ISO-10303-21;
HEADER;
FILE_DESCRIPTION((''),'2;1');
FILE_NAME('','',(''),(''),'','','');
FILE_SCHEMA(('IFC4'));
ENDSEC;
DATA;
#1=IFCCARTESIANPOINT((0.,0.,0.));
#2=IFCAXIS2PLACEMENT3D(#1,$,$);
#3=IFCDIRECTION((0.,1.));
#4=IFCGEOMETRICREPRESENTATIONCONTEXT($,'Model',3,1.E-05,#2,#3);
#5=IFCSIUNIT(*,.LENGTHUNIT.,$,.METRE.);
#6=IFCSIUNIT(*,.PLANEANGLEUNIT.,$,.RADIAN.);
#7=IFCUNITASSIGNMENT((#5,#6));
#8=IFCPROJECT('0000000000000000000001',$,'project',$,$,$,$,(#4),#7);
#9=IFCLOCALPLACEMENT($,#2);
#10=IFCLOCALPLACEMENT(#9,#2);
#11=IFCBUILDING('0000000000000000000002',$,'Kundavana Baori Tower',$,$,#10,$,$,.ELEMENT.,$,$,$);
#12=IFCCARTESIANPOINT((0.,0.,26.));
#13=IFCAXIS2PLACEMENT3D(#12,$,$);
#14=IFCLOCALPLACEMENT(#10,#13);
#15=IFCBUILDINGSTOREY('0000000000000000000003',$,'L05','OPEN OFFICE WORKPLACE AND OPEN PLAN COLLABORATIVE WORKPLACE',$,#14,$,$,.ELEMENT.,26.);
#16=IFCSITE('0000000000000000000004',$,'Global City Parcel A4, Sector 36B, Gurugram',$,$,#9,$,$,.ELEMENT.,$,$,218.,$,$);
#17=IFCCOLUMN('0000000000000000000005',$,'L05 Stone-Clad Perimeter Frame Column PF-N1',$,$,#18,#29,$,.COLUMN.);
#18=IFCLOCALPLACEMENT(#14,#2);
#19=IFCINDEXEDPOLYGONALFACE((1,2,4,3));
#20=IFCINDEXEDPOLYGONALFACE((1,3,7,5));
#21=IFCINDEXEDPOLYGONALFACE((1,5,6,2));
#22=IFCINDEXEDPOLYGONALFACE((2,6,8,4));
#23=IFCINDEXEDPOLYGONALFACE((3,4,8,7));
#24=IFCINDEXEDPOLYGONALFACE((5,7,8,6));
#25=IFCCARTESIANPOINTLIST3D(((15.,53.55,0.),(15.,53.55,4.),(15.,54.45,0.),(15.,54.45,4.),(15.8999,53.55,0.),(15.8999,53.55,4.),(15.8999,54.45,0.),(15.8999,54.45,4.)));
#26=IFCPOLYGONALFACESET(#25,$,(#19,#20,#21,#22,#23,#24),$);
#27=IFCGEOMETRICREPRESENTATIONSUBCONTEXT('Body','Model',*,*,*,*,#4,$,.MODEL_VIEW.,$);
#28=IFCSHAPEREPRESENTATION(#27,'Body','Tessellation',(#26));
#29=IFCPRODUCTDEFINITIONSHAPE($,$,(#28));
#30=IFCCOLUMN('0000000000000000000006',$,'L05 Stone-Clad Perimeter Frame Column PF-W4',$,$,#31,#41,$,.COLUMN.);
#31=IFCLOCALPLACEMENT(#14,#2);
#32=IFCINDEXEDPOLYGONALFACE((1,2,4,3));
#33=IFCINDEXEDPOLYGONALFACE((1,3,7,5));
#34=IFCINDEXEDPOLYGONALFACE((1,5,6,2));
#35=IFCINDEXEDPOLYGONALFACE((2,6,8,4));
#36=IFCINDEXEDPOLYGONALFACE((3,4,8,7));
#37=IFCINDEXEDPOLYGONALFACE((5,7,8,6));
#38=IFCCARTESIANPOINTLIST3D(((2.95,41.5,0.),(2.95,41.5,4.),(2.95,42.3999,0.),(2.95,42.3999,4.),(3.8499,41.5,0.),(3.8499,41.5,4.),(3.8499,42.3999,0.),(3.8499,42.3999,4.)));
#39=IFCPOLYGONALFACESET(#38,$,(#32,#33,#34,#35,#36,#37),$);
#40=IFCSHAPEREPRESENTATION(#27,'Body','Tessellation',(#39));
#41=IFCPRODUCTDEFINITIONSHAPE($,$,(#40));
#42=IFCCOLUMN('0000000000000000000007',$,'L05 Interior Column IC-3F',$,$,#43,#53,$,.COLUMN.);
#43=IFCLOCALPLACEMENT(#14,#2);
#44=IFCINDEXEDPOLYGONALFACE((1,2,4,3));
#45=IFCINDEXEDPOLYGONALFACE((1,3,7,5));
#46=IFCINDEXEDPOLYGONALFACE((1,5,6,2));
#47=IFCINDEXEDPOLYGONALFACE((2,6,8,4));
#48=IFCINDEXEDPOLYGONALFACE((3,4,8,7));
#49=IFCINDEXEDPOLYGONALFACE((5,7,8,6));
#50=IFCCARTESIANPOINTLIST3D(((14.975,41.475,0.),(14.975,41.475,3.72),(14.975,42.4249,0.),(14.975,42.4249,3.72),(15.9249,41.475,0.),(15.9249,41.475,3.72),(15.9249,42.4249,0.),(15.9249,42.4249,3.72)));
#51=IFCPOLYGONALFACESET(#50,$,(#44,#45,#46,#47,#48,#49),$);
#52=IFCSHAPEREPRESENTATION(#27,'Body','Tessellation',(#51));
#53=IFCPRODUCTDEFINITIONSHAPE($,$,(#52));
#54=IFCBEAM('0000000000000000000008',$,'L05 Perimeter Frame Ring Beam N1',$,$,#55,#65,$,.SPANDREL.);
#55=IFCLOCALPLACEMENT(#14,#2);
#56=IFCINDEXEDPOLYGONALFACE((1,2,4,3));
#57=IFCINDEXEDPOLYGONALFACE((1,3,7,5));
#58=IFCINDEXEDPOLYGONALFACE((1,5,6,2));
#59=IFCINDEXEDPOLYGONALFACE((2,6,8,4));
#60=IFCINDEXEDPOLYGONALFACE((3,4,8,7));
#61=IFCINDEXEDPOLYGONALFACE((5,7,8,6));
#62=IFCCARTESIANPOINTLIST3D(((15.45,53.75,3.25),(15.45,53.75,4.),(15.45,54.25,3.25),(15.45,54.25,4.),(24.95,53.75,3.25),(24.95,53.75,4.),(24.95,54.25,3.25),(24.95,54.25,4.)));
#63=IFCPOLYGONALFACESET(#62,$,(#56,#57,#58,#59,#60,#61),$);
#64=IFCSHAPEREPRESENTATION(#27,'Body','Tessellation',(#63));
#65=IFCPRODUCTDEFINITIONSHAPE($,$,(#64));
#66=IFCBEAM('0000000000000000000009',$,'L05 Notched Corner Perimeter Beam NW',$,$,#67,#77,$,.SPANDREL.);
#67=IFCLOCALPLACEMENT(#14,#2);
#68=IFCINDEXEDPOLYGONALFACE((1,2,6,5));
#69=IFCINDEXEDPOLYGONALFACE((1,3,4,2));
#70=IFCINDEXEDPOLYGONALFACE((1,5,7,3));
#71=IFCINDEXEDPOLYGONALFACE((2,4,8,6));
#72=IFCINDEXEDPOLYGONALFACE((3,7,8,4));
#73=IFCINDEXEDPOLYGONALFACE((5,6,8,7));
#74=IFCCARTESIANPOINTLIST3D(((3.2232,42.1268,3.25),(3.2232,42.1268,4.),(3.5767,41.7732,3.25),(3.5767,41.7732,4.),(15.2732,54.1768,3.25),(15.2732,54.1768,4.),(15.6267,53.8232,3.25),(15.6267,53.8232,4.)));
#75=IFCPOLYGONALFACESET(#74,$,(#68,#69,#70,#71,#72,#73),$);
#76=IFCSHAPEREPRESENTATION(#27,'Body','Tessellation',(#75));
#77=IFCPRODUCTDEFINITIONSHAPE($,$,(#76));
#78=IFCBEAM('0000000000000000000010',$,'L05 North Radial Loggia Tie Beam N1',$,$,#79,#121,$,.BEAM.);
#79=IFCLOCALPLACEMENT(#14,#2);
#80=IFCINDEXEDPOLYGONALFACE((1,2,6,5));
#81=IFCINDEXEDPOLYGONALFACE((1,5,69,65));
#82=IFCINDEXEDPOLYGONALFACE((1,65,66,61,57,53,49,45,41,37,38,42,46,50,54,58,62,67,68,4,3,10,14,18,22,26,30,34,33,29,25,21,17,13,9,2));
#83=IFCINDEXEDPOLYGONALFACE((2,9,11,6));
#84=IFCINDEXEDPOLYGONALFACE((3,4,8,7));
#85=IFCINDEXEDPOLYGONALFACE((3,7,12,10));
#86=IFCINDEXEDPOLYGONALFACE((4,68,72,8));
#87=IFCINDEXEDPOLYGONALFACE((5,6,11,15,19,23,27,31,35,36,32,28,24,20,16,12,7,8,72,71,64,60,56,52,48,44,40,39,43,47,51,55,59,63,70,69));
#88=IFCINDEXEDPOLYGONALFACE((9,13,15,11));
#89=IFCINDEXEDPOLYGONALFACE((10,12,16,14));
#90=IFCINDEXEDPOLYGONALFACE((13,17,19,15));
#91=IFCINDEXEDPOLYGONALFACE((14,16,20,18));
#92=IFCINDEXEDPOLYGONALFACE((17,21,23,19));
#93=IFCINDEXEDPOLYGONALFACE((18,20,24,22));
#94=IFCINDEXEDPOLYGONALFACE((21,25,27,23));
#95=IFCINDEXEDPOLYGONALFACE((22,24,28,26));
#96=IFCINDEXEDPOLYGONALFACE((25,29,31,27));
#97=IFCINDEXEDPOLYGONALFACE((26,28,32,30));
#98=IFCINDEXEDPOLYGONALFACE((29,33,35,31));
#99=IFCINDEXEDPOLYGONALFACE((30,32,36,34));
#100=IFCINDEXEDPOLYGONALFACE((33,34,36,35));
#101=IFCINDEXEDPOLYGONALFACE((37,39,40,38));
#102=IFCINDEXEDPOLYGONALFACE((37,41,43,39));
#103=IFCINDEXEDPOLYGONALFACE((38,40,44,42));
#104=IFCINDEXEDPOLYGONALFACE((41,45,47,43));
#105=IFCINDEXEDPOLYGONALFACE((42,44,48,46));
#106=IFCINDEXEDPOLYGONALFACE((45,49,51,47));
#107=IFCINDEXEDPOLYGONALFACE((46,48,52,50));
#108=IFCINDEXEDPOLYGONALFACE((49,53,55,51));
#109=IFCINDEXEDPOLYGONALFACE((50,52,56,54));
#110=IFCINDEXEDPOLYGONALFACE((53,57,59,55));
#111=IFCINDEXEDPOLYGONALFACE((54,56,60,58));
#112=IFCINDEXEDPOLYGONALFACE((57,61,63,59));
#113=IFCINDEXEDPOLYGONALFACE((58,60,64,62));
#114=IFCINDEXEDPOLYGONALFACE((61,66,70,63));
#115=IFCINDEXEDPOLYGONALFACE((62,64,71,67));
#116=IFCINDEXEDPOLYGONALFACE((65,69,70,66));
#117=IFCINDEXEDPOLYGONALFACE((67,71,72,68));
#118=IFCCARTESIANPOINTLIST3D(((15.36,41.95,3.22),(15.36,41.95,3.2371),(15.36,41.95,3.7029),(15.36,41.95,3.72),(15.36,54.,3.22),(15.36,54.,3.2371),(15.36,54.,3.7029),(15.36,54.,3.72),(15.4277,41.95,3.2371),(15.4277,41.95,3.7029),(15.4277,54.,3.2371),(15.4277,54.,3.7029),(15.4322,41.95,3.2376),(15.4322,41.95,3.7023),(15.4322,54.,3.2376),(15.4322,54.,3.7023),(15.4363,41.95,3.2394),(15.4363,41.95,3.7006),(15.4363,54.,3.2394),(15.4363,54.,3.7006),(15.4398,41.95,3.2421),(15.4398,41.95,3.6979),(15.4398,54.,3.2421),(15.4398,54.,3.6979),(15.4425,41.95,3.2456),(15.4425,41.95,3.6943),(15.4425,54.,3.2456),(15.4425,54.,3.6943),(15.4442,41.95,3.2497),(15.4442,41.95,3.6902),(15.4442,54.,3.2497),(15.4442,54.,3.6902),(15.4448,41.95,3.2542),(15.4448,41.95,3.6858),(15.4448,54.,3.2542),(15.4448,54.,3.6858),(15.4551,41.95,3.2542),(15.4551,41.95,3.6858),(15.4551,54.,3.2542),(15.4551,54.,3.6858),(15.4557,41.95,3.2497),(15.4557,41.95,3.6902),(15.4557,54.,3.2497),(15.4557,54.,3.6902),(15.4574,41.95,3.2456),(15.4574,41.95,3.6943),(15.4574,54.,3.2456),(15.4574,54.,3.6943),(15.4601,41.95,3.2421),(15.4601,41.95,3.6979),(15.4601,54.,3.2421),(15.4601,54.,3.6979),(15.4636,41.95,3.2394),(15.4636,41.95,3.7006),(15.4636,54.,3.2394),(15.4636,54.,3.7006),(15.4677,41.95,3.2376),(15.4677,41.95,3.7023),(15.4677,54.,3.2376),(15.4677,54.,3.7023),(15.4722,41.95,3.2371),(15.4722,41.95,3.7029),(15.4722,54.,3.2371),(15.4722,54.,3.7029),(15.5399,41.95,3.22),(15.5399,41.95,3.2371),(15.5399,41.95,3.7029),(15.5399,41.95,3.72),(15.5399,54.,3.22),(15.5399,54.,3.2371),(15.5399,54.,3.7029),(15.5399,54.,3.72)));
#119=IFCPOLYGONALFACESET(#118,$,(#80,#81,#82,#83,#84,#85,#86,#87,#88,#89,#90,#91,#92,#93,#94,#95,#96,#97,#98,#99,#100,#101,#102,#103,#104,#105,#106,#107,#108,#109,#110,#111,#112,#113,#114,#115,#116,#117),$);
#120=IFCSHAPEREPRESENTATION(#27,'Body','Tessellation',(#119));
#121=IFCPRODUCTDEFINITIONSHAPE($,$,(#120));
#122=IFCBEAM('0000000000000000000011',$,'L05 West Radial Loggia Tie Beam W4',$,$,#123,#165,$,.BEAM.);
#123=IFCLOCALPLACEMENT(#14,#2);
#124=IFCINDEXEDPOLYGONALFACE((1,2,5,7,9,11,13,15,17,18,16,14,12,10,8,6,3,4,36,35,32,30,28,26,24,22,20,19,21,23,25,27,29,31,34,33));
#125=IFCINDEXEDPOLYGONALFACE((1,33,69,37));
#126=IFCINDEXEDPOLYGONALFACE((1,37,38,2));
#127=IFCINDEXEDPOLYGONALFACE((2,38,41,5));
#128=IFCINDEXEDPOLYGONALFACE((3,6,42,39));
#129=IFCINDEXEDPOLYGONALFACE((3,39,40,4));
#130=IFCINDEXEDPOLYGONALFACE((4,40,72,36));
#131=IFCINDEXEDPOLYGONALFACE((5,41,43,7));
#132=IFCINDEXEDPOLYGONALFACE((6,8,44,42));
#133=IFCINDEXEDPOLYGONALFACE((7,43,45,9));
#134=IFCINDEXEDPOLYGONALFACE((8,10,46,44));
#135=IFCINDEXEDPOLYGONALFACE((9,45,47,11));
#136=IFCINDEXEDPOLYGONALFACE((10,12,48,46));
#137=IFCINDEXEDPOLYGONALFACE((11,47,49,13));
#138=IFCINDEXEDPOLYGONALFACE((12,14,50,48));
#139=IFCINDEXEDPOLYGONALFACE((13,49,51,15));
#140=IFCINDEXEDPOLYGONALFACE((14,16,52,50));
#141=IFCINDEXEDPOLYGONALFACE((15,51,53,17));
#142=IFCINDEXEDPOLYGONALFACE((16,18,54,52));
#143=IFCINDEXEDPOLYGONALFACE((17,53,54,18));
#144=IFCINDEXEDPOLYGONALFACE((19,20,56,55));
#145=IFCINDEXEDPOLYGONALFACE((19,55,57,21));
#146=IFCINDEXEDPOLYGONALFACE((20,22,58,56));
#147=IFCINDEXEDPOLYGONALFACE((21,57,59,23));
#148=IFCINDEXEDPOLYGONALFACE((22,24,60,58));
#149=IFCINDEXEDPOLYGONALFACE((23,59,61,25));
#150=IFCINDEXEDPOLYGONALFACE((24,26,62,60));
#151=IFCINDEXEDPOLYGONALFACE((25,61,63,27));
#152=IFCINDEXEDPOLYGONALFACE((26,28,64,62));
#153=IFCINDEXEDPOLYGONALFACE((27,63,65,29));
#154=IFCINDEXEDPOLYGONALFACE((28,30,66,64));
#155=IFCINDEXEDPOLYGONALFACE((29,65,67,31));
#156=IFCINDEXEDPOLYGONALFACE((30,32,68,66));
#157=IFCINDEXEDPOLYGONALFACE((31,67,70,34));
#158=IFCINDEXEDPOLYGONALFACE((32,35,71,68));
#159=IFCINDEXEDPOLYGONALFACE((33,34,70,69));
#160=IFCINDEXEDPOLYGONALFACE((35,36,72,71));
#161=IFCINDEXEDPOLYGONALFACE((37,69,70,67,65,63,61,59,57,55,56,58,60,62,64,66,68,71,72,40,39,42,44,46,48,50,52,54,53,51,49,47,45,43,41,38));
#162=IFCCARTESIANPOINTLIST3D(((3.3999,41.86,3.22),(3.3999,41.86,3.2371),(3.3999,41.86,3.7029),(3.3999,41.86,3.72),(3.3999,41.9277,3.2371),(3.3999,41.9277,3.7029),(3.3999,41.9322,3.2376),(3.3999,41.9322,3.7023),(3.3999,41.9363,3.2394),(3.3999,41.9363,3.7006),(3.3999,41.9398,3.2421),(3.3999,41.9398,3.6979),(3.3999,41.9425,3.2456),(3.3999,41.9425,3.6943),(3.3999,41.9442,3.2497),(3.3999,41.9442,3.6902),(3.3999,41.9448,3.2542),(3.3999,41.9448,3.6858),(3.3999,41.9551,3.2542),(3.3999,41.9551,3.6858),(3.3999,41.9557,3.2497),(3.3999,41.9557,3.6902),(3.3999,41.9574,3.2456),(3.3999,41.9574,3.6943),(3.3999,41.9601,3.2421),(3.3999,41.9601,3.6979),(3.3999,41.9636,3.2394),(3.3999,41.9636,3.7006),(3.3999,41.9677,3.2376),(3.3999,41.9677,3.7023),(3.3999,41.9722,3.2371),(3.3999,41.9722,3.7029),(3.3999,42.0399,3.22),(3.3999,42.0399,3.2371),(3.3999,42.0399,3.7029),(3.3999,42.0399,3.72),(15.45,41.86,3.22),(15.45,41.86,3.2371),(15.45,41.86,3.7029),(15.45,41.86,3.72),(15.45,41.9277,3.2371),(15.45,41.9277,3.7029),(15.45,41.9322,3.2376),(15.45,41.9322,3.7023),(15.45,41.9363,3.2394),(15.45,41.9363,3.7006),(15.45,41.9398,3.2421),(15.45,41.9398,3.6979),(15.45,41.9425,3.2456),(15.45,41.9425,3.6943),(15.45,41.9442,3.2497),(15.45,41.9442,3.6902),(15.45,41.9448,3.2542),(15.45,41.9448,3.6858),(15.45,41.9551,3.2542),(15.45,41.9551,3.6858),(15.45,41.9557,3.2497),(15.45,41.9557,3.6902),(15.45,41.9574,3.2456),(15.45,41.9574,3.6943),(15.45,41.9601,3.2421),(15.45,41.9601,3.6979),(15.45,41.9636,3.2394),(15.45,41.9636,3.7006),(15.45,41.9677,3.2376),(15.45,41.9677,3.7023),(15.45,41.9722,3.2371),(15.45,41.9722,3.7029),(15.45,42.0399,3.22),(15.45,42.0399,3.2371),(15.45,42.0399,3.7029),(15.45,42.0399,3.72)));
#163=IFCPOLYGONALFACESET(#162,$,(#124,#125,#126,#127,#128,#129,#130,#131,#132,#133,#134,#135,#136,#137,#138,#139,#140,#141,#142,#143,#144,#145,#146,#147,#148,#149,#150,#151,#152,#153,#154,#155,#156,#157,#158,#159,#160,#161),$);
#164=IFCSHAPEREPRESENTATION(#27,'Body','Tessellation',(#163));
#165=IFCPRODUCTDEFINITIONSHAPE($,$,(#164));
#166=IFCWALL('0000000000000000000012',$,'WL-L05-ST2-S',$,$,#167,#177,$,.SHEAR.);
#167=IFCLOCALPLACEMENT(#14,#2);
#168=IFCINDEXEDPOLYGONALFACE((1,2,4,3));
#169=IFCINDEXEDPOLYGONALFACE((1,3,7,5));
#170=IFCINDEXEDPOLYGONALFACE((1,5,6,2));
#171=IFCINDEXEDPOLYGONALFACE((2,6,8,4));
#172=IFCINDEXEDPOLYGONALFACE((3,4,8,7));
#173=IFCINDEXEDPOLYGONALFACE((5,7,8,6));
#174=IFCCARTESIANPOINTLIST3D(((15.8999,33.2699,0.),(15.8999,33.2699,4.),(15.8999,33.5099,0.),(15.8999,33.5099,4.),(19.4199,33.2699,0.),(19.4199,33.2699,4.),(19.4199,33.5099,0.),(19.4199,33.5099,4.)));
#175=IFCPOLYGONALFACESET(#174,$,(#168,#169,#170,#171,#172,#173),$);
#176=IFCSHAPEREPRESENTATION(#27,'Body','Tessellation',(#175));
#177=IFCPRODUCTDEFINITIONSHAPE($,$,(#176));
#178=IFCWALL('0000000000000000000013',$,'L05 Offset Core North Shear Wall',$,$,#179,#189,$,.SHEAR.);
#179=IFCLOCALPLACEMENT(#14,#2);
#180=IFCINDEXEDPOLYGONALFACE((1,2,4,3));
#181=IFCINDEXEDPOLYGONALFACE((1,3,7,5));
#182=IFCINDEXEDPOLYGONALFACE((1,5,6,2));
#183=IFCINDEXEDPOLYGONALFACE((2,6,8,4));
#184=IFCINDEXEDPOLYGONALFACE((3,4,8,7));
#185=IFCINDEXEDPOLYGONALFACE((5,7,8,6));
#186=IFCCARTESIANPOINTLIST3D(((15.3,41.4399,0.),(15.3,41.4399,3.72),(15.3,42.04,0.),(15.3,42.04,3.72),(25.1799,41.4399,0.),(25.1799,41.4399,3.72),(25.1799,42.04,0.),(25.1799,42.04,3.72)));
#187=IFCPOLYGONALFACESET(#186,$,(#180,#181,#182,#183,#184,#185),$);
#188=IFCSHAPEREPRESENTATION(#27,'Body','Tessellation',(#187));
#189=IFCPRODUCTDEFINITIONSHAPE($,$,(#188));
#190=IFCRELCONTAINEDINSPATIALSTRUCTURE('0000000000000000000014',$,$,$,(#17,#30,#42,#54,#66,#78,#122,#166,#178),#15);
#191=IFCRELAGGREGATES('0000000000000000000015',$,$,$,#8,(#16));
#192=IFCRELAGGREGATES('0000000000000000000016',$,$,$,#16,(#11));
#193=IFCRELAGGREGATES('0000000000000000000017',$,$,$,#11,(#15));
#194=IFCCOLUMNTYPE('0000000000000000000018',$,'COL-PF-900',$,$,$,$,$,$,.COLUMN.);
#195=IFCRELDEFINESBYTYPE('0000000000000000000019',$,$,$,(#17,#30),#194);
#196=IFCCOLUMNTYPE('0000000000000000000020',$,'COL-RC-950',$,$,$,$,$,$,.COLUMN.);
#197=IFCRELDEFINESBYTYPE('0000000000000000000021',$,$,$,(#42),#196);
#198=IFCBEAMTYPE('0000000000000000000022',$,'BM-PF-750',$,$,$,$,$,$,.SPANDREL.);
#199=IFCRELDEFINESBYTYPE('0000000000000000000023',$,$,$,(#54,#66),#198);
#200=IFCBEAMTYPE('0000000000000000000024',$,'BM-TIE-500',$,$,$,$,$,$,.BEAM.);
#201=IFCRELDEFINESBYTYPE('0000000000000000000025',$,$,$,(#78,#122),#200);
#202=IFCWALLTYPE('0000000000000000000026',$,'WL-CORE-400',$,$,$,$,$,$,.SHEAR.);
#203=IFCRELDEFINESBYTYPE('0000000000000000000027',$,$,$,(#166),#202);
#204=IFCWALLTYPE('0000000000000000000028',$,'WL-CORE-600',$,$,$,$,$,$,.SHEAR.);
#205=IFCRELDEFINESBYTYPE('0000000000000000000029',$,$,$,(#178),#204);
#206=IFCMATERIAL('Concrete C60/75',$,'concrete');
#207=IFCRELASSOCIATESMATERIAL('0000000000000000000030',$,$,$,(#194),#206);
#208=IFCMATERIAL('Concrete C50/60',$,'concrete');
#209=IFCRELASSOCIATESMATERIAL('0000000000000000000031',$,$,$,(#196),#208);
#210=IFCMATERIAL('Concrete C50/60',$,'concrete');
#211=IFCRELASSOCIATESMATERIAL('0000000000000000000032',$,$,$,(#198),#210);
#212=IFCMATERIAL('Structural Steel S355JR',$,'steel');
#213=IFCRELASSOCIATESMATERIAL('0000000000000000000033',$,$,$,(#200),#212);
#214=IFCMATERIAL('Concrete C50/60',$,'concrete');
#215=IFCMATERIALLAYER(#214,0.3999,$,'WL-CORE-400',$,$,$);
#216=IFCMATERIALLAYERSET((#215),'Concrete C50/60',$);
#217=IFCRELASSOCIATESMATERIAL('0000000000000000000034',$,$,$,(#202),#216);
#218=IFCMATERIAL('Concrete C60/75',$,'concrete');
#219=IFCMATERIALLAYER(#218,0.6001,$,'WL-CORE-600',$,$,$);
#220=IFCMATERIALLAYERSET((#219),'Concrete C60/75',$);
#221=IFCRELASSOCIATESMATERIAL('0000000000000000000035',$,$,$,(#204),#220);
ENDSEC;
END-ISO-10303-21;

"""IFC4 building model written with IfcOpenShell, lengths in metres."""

from ifc_helpers import new_model, si_unit, direction, frame, frame_2d, origin, origin_2d, place, context, subcontext, project, spatial, rectangle, i_section, extrude, material, layer, layer_set, material_profile, profile_set, type_object, element, save


model = new_model("IFC4")

# Units and contexts
model_context = context("Model", 3, precision=1e-05, world=origin(), true_north=direction((0.0, 1.0)))
body_context = subcontext(model_context, "Body", "Model", "MODEL_VIEW")
ifc_project = project(units=[si_unit("LENGTHUNIT", "METRE"), si_unit("PLANEANGLEUNIT", "RADIAN")], contexts=[model_context])

# Site, building, storey
site_placement = place(None, origin())
site = spatial("IfcSite", under=ifc_project, at=site_placement, Name="Global City Parcel A4, Sector 36B, Gurugram", CompositionType="ELEMENT", RefElevation=218.0)
building_placement = place(site_placement, origin())
building = spatial("IfcBuilding", under=site, at=building_placement, Name="Kundavana Baori Tower", CompositionType="ELEMENT")
storey_placement = place(building_placement, frame((0.0, 0.0, 26.0)))
storey = spatial("IfcBuildingStorey", under=building, at=storey_placement, Name="L05", Description="OPEN OFFICE WORKPLACE AND OPEN PLAN COLLABORATIVE WORKPLACE", CompositionType="ELEMENT", Elevation=26.0)

# Columns
ifc_material_1 = material(Name="Concrete C60/75", Category="concrete")
ifc_material_profile_1 = material_profile(ifc_material_1, rectangle(XDim=0.8999, YDim=0.8999, at=origin_2d()), Name="RC PF 900x900")
ifc_profile_set_1 = profile_set([ifc_material_profile_1], Name="Concrete C60/75")
column_type_1 = type_object("IfcColumnType", Name="COL-PF-900", PredefinedType="COLUMN", material=ifc_profile_set_1)
for number, where, z_axis, x_axis, name in (
    (1, (15.45, 54.0, 0.0), (0.0, 0.0, 1.0), (1.0, 0.0, 0.0), "L05 Stone-Clad Perimeter Frame Column PF-N1"),
    (2, (3.3999, 41.95, 0.0), (0.0, 0.0, 1.0), (1.0, 0.0, 0.0), "L05 Stone-Clad Perimeter Frame Column PF-W4"),
):
    element("IfcColumn", number, at=place(storey_placement, frame(where, z_axis=z_axis, x_axis=x_axis)), inside=storey, type_object=column_type_1, Name=name, PredefinedType="COLUMN", context=body_context, shape_type="SweptSolid", body=[
        extrude(rectangle(XDim=0.8999, YDim=0.8999, at=origin_2d()), origin(), (0.0, 0.0, 1.0), 4.0),
    ])
ifc_material_2 = material(Name="Concrete C50/60", Category="concrete")
ifc_material_profile_2 = material_profile(ifc_material_2, rectangle(XDim=0.95, YDim=0.95, at=origin_2d()), Name="RC 950x950")
ifc_profile_set_2 = profile_set([ifc_material_profile_2], Name="Concrete C50/60")
column_type_2 = type_object("IfcColumnType", Name="COL-RC-950", PredefinedType="COLUMN", material=ifc_profile_set_2)
column_placement = place(storey_placement, frame((15.45, 41.95, 0.0), z_axis=(0.0, 0.0, 1.0), x_axis=(1.0, 0.0, 0.0)))
element("IfcColumn", 3, at=column_placement, inside=storey, type_object=column_type_2, Name="L05 Interior Column IC-3F", PredefinedType="COLUMN", context=body_context, shape_type="SweptSolid", body=[
    extrude(rectangle(XDim=0.95, YDim=0.95, at=origin_2d()), origin(), (0.0, 0.0, 1.0), 3.72),
])

# Beams
ifc_material_3 = material(Name="Concrete C50/60", Category="concrete")
ifc_material_profile_3 = material_profile(ifc_material_3, rectangle(XDim=0.5, YDim=0.75, at=origin_2d()), Name="RC BM 500x750")
ifc_profile_set_3 = profile_set([ifc_material_profile_3], Name="Concrete C50/60")
beam_type_1 = type_object("IfcBeamType", Name="BM-PF-750", PredefinedType="SPANDREL", material=ifc_profile_set_3)
beam_1_placement = place(storey_placement, frame((15.45, 54.0, 3.625), z_axis=(1.0, 0.0, 0.0), x_axis=(0.0, 1.0, 0.0)))
element("IfcBeam", 4, at=beam_1_placement, inside=storey, type_object=beam_type_1, Name="L05 Perimeter Frame Ring Beam N1", PredefinedType="SPANDREL", context=body_context, shape_type="SweptSolid", body=[
    extrude(rectangle(XDim=0.5, YDim=0.75, at=origin_2d()), origin(), (0.0, 0.0, 1.0), 9.5),
])
beam_2_placement = place(storey_placement, frame((15.45, 54.0, 3.625), z_axis=(-0.707107, -0.707107, 0.0), x_axis=(0.707107, -0.707107, 0.0)))
element("IfcBeam", 5, at=beam_2_placement, inside=storey, type_object=beam_type_1, Name="L05 Notched Corner Perimeter Beam NW", PredefinedType="SPANDREL", context=body_context, shape_type="SweptSolid", body=[
    extrude(rectangle(XDim=0.5, YDim=0.75, at=origin_2d()), origin(), (0.0, 0.0, 1.0), 17.0413),
])
ifc_material_4 = material(Name="Structural Steel S355JR", Category="steel")
ifc_material_profile_4 = material_profile(ifc_material_4, i_section(OverallWidth=0.1799, OverallDepth=0.5, WebThickness=0.0103, FlangeThickness=0.0171, FilletRadius=0.0171, at=origin_2d()), Name="ISMB 500")
ifc_profile_set_4 = profile_set([ifc_material_profile_4], Name="Structural Steel S355JR")
beam_type_2 = type_object("IfcBeamType", Name="BM-TIE-500", PredefinedType="BEAM", material=ifc_profile_set_4)
for number, where, z_axis, x_axis, name in (
    (6, (15.45, 41.95, 3.47), (0.0, 1.0, 0.0), (-1.0, 0.0, 0.0), "L05 North Radial Loggia Tie Beam N1"),
    (7, (15.45, 41.95, 3.47), (-1.0, 0.0, 0.0), (0.0, -1.0, 0.0), "L05 West Radial Loggia Tie Beam W4"),
):
    element("IfcBeam", number, at=place(storey_placement, frame(where, z_axis=z_axis, x_axis=x_axis)), inside=storey, type_object=beam_type_2, Name=name, PredefinedType="BEAM", context=body_context, shape_type="SweptSolid", body=[
        extrude(i_section(OverallWidth=0.1799, OverallDepth=0.5, WebThickness=0.0103, FlangeThickness=0.0171, FilletRadius=0.0171, at=origin_2d()), origin(), (0.0, 0.0, 1.0), 12.05),
    ])

# Walls
ifc_material_5 = material(Name="Concrete C50/60", Category="concrete")
ifc_layer_1 = layer(ifc_material_5, 0.3999, Name="WL-CORE-400")
ifc_layer_set_1 = layer_set([ifc_layer_1], Name="Concrete C50/60")
wall_type_1 = type_object("IfcWallType", Name="WL-CORE-400", PredefinedType="SHEAR", material=ifc_layer_set_1)
wall_1_placement = place(storey_placement, frame((15.8999, 33.3899, 0.0), z_axis=(0.0, 0.0, 1.0), x_axis=(1.0, 0.0, 0.0)))
element("IfcWall", 8, at=wall_1_placement, inside=storey, type_object=wall_type_1, Name="WL-L05-ST2-S", PredefinedType="SHEAR", context=body_context, shape_type="SweptSolid", body=[
    extrude(rectangle(XDim=3.52, YDim=0.24, at=frame_2d((1.76, 0.0))), origin(), (0.0, 0.0, 1.0), 4.0),
])
ifc_material_6 = material(Name="Concrete C60/75", Category="concrete")
ifc_layer_2 = layer(ifc_material_6, 0.6001, Name="WL-CORE-600")
ifc_layer_set_2 = layer_set([ifc_layer_2], Name="Concrete C60/75")
wall_type_2 = type_object("IfcWallType", Name="WL-CORE-600", PredefinedType="SHEAR", material=ifc_layer_set_2)
wall_2_placement = place(storey_placement, frame((15.3, 41.74, 0.0), z_axis=(0.0, 0.0, 1.0), x_axis=(1.0, 0.0, 0.0)))
element("IfcWall", 9, at=wall_2_placement, inside=storey, type_object=wall_type_2, Name="L05 Offset Core North Shear Wall", PredefinedType="SHEAR", context=body_context, shape_type="SweptSolid", body=[
    extrude(rectangle(XDim=9.8799, YDim=0.6001, at=frame_2d((4.9399, 0.0))), origin(), (0.0, 0.0, 1.0), 3.72),
])

save(model, "model.ifc")
